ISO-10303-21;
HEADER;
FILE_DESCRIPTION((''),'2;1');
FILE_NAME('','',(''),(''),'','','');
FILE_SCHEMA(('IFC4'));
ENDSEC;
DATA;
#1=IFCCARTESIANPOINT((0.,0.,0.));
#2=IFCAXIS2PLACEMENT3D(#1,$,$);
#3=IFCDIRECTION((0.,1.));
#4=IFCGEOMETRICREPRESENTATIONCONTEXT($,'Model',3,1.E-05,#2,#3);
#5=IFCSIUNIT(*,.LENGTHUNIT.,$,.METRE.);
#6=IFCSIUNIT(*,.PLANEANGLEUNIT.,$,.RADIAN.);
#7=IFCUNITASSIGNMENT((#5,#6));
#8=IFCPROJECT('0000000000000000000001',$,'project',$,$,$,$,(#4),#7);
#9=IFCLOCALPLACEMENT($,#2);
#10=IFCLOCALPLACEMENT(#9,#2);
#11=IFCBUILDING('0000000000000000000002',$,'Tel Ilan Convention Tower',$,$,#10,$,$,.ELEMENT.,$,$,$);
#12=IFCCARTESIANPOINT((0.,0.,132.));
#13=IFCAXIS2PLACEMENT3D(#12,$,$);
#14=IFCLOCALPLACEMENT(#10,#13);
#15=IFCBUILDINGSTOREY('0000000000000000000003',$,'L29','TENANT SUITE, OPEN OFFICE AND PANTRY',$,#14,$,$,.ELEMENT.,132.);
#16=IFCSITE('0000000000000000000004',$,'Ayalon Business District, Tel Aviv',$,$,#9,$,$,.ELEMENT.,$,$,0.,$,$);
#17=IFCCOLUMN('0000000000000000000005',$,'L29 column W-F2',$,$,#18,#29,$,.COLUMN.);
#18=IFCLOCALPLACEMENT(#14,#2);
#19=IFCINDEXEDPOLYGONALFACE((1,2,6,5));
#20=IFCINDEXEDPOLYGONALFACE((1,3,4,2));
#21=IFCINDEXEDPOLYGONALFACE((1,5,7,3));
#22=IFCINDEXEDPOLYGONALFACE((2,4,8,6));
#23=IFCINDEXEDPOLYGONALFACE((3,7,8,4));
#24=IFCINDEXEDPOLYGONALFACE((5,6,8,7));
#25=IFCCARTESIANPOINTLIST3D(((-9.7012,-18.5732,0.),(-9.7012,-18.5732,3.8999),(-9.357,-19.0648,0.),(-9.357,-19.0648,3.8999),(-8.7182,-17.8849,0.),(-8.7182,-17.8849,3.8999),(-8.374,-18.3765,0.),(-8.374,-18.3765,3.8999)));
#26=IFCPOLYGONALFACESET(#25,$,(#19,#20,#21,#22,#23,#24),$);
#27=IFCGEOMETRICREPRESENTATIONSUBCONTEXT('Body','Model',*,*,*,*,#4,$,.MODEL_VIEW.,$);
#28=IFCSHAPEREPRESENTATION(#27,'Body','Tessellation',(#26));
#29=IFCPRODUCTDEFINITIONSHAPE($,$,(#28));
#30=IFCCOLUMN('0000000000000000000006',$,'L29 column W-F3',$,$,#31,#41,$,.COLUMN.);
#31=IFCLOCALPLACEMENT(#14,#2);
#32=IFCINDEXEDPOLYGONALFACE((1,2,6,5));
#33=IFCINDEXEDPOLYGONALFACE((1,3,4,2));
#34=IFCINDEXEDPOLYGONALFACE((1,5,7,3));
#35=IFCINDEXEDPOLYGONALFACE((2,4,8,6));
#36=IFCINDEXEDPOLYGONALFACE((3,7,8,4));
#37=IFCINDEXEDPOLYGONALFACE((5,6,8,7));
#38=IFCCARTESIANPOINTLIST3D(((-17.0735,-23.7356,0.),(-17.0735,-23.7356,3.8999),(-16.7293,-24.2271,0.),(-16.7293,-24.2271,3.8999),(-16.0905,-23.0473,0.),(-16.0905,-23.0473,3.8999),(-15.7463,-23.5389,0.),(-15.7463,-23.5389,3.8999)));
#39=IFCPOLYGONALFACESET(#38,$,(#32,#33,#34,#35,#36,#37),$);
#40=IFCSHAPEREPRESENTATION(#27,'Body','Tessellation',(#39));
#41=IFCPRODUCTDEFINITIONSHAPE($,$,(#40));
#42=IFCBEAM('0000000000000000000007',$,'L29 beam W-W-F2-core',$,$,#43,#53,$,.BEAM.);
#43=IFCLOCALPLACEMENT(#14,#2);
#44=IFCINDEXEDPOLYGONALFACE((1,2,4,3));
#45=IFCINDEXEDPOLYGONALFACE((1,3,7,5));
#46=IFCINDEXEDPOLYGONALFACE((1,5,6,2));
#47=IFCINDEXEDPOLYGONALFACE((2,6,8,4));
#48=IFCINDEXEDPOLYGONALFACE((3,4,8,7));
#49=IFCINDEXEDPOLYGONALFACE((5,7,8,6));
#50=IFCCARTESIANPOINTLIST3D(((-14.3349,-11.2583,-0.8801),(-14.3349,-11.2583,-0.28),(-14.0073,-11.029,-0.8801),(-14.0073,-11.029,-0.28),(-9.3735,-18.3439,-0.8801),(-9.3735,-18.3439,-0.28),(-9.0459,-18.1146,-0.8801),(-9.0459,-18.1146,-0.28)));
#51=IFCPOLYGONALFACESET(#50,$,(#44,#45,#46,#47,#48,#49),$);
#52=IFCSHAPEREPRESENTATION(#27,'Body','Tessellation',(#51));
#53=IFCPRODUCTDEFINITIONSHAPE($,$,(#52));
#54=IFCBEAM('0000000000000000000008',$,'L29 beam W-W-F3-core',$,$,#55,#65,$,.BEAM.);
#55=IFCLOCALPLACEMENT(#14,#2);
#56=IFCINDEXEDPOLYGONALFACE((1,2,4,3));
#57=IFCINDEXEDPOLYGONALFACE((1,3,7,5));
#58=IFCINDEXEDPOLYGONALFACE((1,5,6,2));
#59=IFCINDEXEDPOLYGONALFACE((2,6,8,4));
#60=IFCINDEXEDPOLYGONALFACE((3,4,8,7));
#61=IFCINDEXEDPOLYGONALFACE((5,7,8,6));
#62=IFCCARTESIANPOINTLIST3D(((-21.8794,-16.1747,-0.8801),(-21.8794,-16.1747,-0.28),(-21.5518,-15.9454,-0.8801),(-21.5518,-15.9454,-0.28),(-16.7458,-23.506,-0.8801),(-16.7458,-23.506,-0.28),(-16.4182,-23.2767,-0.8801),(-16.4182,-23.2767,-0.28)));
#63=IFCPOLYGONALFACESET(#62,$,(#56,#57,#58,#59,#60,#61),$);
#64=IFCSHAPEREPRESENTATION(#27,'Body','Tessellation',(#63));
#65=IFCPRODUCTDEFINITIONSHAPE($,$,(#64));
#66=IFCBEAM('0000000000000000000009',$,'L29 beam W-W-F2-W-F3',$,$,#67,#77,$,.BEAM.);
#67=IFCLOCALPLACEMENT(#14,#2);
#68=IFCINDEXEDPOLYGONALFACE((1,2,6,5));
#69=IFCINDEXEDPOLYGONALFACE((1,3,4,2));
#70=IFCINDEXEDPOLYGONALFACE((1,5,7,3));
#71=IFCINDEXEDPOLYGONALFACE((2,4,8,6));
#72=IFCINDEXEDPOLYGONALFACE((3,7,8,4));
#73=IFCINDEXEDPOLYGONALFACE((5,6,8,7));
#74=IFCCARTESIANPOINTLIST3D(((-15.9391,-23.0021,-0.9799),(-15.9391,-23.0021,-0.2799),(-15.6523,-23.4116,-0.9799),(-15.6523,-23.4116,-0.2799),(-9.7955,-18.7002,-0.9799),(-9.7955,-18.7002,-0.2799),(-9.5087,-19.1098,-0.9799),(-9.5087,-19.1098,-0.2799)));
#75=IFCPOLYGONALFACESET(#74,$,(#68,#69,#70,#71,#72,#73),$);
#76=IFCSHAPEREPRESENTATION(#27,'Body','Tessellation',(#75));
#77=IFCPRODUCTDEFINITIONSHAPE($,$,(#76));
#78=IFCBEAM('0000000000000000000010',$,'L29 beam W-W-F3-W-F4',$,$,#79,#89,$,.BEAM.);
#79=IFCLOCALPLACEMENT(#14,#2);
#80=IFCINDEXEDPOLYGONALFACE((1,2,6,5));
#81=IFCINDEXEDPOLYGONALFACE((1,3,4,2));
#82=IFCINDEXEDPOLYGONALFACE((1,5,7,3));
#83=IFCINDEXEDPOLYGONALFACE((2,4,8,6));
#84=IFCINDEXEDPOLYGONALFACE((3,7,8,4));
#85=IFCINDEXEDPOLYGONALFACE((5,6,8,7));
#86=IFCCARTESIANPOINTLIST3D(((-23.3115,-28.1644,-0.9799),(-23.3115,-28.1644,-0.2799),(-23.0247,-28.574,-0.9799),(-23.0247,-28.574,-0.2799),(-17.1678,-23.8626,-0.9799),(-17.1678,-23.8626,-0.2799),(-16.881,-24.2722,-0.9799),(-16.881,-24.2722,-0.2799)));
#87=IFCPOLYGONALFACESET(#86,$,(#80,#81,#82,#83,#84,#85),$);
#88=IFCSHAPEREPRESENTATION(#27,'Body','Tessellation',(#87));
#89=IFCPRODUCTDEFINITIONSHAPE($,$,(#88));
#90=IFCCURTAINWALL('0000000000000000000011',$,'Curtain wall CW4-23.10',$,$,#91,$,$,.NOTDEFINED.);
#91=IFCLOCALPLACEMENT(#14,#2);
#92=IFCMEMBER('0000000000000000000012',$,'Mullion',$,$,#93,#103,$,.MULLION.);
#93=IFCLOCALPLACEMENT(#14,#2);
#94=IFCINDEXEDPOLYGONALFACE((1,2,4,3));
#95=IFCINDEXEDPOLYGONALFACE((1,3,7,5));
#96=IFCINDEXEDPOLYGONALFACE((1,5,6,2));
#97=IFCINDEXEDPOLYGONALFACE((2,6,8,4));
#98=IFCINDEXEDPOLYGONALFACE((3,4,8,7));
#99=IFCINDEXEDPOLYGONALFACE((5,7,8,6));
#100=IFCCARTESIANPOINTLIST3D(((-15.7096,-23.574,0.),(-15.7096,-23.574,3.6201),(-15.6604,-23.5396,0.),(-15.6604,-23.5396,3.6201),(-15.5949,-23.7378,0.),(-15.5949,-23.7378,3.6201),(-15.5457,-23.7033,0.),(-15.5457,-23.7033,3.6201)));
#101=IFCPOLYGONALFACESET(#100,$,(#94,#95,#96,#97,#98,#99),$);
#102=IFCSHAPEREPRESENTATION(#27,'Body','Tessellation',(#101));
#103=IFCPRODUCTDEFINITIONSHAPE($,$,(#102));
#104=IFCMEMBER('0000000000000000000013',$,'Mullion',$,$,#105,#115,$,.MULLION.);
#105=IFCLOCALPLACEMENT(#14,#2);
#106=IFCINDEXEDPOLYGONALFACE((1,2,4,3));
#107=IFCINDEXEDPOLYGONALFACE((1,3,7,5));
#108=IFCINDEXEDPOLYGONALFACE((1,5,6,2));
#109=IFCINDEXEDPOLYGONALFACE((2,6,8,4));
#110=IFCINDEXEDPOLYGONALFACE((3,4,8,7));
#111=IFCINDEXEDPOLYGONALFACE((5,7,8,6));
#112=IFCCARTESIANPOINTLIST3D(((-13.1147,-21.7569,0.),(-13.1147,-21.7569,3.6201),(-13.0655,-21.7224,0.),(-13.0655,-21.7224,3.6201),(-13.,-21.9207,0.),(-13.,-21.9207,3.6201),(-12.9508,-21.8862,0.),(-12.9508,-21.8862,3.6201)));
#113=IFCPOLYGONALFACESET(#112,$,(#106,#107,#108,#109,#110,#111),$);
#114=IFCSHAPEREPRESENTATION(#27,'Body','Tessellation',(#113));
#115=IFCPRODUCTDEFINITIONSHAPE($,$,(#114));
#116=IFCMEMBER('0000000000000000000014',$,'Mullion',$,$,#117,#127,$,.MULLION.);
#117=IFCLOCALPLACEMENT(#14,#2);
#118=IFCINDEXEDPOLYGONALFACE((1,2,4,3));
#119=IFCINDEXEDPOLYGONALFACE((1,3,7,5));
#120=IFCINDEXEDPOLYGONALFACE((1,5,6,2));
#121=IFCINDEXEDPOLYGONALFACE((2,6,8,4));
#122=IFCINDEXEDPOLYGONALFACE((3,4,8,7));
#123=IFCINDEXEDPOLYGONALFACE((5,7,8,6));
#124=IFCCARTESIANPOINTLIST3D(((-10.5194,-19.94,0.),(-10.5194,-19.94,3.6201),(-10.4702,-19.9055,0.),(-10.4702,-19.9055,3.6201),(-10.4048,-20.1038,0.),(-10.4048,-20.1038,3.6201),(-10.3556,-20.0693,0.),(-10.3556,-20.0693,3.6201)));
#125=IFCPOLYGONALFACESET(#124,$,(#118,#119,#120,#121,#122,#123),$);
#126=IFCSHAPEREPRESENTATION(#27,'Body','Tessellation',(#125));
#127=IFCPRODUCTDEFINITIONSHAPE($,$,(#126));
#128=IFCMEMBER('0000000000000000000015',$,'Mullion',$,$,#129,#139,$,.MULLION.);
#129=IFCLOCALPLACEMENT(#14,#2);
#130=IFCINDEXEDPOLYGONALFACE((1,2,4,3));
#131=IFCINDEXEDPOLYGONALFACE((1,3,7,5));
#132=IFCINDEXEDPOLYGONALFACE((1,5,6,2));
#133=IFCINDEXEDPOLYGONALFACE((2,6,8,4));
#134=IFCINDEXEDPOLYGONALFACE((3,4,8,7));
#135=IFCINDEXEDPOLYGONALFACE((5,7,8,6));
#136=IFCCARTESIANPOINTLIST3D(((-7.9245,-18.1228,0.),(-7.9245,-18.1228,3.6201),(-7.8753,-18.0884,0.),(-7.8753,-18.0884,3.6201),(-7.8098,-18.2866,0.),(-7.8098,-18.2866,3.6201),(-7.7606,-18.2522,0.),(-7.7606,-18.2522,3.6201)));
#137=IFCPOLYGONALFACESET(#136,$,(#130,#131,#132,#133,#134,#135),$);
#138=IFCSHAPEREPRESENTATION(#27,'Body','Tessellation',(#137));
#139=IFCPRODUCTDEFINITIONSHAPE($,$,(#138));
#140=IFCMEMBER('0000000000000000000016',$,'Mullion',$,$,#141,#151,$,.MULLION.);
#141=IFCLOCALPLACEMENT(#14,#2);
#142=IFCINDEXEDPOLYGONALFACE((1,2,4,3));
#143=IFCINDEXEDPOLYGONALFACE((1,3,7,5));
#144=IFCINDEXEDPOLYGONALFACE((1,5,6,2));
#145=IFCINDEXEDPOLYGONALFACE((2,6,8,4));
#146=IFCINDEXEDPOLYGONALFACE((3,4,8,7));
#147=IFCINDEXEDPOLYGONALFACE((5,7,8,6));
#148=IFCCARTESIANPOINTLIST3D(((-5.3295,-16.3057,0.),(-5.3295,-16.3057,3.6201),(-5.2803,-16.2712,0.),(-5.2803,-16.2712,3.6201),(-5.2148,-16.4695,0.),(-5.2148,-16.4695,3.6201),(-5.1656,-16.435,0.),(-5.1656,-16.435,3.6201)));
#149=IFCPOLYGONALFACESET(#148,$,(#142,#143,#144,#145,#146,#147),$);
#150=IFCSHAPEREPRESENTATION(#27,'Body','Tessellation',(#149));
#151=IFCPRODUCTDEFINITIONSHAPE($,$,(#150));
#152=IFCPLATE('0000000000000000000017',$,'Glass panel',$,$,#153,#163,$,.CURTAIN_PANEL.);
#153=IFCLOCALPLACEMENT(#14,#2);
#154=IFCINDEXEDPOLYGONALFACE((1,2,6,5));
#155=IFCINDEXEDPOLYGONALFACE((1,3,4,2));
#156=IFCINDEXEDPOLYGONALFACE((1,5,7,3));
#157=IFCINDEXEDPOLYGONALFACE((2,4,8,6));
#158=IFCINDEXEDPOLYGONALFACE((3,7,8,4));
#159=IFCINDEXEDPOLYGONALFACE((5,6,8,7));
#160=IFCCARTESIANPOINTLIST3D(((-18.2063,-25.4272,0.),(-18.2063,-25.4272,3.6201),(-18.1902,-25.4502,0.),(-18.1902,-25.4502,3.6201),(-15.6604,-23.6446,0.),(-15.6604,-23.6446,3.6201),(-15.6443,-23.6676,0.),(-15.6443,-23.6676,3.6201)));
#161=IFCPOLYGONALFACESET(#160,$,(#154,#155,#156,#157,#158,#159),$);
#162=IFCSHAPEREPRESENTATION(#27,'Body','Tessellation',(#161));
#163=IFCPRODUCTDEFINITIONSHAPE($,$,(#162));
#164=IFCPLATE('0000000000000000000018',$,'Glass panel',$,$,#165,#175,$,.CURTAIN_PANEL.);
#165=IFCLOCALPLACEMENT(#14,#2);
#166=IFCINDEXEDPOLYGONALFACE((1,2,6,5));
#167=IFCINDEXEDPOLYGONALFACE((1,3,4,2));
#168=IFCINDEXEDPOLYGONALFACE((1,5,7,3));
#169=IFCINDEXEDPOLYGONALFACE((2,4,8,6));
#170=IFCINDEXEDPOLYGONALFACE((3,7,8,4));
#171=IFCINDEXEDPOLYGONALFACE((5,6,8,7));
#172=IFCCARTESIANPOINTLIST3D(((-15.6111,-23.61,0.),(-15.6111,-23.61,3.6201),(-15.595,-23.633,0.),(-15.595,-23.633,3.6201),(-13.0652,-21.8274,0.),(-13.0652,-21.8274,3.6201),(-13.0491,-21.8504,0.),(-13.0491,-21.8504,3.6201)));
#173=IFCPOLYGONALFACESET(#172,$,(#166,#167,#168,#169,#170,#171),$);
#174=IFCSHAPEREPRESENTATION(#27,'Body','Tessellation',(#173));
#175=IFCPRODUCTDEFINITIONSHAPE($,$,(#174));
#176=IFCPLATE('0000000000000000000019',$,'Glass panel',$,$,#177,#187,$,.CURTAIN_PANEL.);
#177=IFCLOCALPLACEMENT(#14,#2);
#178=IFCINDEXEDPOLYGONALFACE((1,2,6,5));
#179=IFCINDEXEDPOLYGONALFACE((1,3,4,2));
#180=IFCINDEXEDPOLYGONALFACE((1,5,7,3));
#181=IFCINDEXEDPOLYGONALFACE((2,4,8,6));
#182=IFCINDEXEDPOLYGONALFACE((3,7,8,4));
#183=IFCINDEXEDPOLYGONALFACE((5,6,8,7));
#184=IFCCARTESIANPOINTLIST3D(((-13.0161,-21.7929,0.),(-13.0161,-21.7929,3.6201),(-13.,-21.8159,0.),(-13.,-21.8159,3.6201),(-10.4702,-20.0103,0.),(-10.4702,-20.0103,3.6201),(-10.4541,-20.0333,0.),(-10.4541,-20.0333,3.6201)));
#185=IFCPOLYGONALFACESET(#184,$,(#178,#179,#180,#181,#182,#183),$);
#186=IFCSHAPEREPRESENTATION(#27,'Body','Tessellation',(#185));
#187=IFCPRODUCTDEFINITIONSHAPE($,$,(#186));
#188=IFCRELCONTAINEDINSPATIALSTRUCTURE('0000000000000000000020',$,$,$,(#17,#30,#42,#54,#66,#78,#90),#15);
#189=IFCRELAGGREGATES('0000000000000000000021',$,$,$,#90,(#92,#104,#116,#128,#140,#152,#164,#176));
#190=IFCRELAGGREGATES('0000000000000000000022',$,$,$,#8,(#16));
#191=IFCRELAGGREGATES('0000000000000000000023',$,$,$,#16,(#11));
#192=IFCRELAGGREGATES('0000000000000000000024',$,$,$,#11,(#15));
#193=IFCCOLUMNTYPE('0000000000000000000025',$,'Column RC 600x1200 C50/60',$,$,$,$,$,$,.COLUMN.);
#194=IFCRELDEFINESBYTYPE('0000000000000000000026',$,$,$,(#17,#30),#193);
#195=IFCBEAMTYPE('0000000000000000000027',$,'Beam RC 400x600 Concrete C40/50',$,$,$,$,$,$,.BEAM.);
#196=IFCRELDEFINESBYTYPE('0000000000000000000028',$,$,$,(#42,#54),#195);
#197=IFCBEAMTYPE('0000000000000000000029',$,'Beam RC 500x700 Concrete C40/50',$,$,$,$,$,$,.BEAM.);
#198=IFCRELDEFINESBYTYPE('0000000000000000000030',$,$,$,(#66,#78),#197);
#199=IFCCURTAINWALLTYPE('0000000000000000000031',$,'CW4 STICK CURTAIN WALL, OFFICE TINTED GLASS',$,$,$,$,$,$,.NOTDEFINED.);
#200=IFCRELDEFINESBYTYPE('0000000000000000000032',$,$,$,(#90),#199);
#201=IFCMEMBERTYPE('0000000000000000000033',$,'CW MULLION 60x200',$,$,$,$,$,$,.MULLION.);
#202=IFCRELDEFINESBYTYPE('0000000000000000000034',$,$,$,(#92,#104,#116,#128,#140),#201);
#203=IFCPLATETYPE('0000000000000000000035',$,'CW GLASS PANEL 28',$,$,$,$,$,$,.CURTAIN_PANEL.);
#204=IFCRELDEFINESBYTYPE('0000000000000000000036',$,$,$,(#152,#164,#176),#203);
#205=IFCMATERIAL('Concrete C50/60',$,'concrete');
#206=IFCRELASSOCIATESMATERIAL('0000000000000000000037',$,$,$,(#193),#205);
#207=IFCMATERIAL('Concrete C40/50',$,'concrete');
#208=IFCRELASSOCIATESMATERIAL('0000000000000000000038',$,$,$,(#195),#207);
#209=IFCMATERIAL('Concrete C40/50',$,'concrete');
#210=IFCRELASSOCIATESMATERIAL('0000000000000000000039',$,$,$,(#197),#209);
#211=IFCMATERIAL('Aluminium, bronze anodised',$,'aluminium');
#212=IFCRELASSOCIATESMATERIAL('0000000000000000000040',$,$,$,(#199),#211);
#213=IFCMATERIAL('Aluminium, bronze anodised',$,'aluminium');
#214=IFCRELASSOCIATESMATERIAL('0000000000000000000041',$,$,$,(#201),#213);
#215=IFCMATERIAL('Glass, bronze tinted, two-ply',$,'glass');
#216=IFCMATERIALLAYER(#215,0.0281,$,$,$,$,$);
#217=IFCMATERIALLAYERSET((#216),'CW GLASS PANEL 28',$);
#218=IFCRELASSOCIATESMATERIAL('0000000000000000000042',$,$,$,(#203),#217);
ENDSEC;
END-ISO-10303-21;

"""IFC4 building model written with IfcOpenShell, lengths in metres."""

from ifc_helpers import new_model, si_unit, direction, frame, origin, origin_2d, place, context, subcontext, project, spatial, rectangle, extrude, material, layer, layer_set, material_profile, profile_set, type_object, element, aggregate, save


model = new_model("IFC4")

# Units and contexts
model_context = context("Model", 3, precision=1e-05, world=origin(), true_north=direction((0.0, 1.0)))
body_context = subcontext(model_context, "Body", "Model", "MODEL_VIEW")
ifc_project = project(units=[si_unit("LENGTHUNIT", "METRE"), si_unit("PLANEANGLEUNIT", "RADIAN")], contexts=[model_context])

# Site, building, storey
site_placement = place(None, origin())
site = spatial("IfcSite", under=ifc_project, at=site_placement, Name="Ayalon Business District, Tel Aviv", CompositionType="ELEMENT", RefElevation=0.0)
building_placement = place(site_placement, origin())
building = spatial("IfcBuilding", under=site, at=building_placement, Name="Tel Ilan Convention Tower", CompositionType="ELEMENT")
storey_placement = place(building_placement, frame((0.0, 0.0, 132.0)))
storey = spatial("IfcBuildingStorey", under=building, at=storey_placement, Name="L29", Description="TENANT SUITE, OPEN OFFICE AND PANTRY", CompositionType="ELEMENT", Elevation=132.0)

# Columns
ifc_material_1 = material(Name="Concrete C50/60", Category="concrete")
ifc_material_profile_1 = material_profile(ifc_material_1, rectangle(XDim=1.2, YDim=0.6001, at=origin_2d()), Name="RC 600x1200")
ifc_profile_set_1 = profile_set([ifc_material_profile_1], Name="Concrete C50/60")
column_type = type_object("IfcColumnType", Name="Column RC 600x1200 C50/60", PredefinedType="COLUMN", material=ifc_profile_set_1)
for number, where, z_axis, x_axis, name in (
    (1, (-9.0376, -18.4749, 0.0), (0.0, 0.0, 1.0), (-0.819152, -0.573576, 0.0), "L29 column W-F2"),
    (2, (-16.4099, -23.6372, 0.0), (0.0, 0.0, 1.0), (-0.819152, -0.573576, 0.0), "L29 column W-F3"),
):
    element("IfcColumn", number, at=place(storey_placement, frame(where, z_axis=z_axis, x_axis=x_axis)), inside=storey, type_object=column_type, Name=name, PredefinedType="COLUMN", context=body_context, shape_type="SweptSolid", body=[
        extrude(rectangle(XDim=1.2, YDim=0.6001, at=origin_2d()), origin(), (0.0, 0.0, 1.0), 3.8999),
    ])

# Beams
ifc_material_2 = material(Name="Concrete C40/50", Category="concrete")
ifc_material_profile_2 = material_profile(ifc_material_2, rectangle(XDim=0.3999, YDim=0.6001, at=origin_2d()), Name="RC 400x600")
ifc_profile_set_2 = profile_set([ifc_material_profile_2], Name="Concrete C40/50")
beam_type_1 = type_object("IfcBeamType", Name="Beam RC 400x600 Concrete C40/50", PredefinedType="BEAM", material=ifc_profile_set_2)
beam_1_placement = place(storey_placement, frame((-9.2097, -18.2292, -0.5801), z_axis=(-0.573574, 0.819154, 0.0), x_axis=(-0.819154, -0.573574, 0.0)))
element("IfcBeam", 3, at=beam_1_placement, inside=storey, type_object=beam_type_1, Name="L29 beam W-W-F2-core", PredefinedType="BEAM", context=body_context, shape_type="SweptSolid", body=[
    extrude(rectangle(XDim=0.3999, YDim=0.6001, at=origin_2d()), origin(), (0.0, 0.0, 1.0), 8.6499),
])
beam_2_placement = place(storey_placement, frame((-16.582, -23.3914, -0.5801), z_axis=(-0.573585, 0.819146, 0.0), x_axis=(-0.819146, -0.573585, 0.0)))
element("IfcBeam", 4, at=beam_2_placement, inside=storey, type_object=beam_type_1, Name="L29 beam W-W-F3-core", PredefinedType="BEAM", context=body_context, shape_type="SweptSolid", body=[
    extrude(rectangle(XDim=0.3999, YDim=0.6001, at=origin_2d()), origin(), (0.0, 0.0, 1.0), 8.95),
])
ifc_material_3 = material(Name="Concrete C40/50", Category="concrete")
ifc_material_profile_3 = material_profile(ifc_material_3, rectangle(XDim=0.5, YDim=0.7, at=origin_2d()), Name="RC 500x700")
ifc_profile_set_3 = profile_set([ifc_material_profile_3], Name="Concrete C40/50")
beam_type_2 = type_object("IfcBeamType", Name="Beam RC 500x700 Concrete C40/50", PredefinedType="BEAM", material=ifc_profile_set_3)
for number, where, z_axis, x_axis, name in (
    (5, (-9.6521, -18.905, -0.6299), (-0.819152, -0.573576, 0.0), (0.573576, -0.819152, 0.0), "L29 beam W-W-F2-W-F3"),
    (6, (-17.0244, -24.0674, -0.6299), (-0.819152, -0.573576, 0.0), (0.573576, -0.819152, 0.0), "L29 beam W-W-F3-W-F4"),
):
    element("IfcBeam", number, at=place(storey_placement, frame(where, z_axis=z_axis, x_axis=x_axis)), inside=storey, type_object=beam_type_2, Name=name, PredefinedType="BEAM", context=body_context, shape_type="SweptSolid", body=[
        extrude(rectangle(XDim=0.5, YDim=0.7, at=origin_2d()), origin(), (0.0, 0.0, 1.0), 7.5),
    ])

# Curtain wall, members, plates
ifc_material_4 = material(Name="Aluminium, bronze anodised", Category="aluminium")
curtain_wall_type = type_object("IfcCurtainWallType", Name="CW4 STICK CURTAIN WALL, OFFICE TINTED GLASS", PredefinedType="NOTDEFINED", material=ifc_material_4)
curtain_wall_placement = place(storey_placement, origin())
curtain_wall = element("IfcCurtainWall", 7, at=curtain_wall_placement, inside=storey, type_object=curtain_wall_type, Name="Curtain wall CW4-23.10", PredefinedType="NOTDEFINED")
ifc_material_5 = material(Name="Aluminium, bronze anodised", Category="aluminium")
ifc_material_profile_4 = material_profile(ifc_material_5, rectangle(XDim=0.0601, YDim=0.2, at=origin_2d()), Name="CW MULLION 60x200")
ifc_profile_set_4 = profile_set([ifc_material_profile_4], Name="Aluminium, bronze anodised")
member_type = type_object("IfcMemberType", Name="CW MULLION 60x200", PredefinedType="MULLION", material=ifc_profile_set_4)
member_1_placement = place(storey_placement, frame((-15.6277, -23.6387, 0.0), z_axis=(0.0, 0.0, 1.0), x_axis=(0.819152, 0.573576, 0.0)))
member_1 = element("IfcMember", 8, at=member_1_placement, type_object=member_type, Name="Mullion", PredefinedType="MULLION", context=body_context, shape_type="SweptSolid", body=[
    extrude(rectangle(XDim=0.0601, YDim=0.2, at=origin_2d()), origin(), (0.0, 0.0, 1.0), 3.6201),
])
member_2_placement = place(storey_placement, frame((-13.0327, -21.8215, 0.0), z_axis=(0.0, 0.0, 1.0), x_axis=(0.819152, 0.573576, 0.0)))
member_2 = element("IfcMember", 9, at=member_2_placement, type_object=member_type, Name="Mullion", PredefinedType="MULLION", context=body_context, shape_type="SweptSolid", body=[
    extrude(rectangle(XDim=0.0601, YDim=0.2, at=origin_2d()), origin(), (0.0, 0.0, 1.0), 3.6201),
])
member_3_placement = place(storey_placement, frame((-10.4375, -20.0046, 0.0), z_axis=(0.0, 0.0, 1.0), x_axis=(0.819152, 0.573576, 0.0)))
member_3 = element("IfcMember", 10, at=member_3_placement, type_object=member_type, Name="Mullion", PredefinedType="MULLION", context=body_context, shape_type="SweptSolid", body=[
    extrude(rectangle(XDim=0.0601, YDim=0.2, at=origin_2d()), origin(), (0.0, 0.0, 1.0), 3.6201),
])
member_4_placement = place(storey_placement, frame((-7.8425, -18.1875, 0.0), z_axis=(0.0, 0.0, 1.0), x_axis=(0.819152, 0.573576, 0.0)))
member_4 = element("IfcMember", 11, at=member_4_placement, type_object=member_type, Name="Mullion", PredefinedType="MULLION", context=body_context, shape_type="SweptSolid", body=[
    extrude(rectangle(XDim=0.0601, YDim=0.2, at=origin_2d()), origin(), (0.0, 0.0, 1.0), 3.6201),
])
member_5_placement = place(storey_placement, frame((-5.2476, -16.3704, 0.0), z_axis=(0.0, 0.0, 1.0), x_axis=(0.819152, 0.573576, 0.0)))
member_5 = element("IfcMember", 12, at=member_5_placement, type_object=member_type, Name="Mullion", PredefinedType="MULLION", context=body_context, shape_type="SweptSolid", body=[
    extrude(rectangle(XDim=0.0601, YDim=0.2, at=origin_2d()), origin(), (0.0, 0.0, 1.0), 3.6201),
])
ifc_material_6 = material(Name="Glass, bronze tinted, two-ply", Category="glass")
ifc_layer_1 = layer(ifc_material_6, 0.0281)
ifc_layer_set_1 = layer_set([ifc_layer_1], Name="CW GLASS PANEL 28")
plate_type = type_object("IfcPlateType", Name="CW GLASS PANEL 28", PredefinedType="CURTAIN_PANEL", material=ifc_layer_set_1)
plate_1_placement = place(storey_placement, frame((-16.9253, -24.5474, 0.0), z_axis=(0.0, 0.0, 1.0), x_axis=(0.819152, 0.573576, 0.0)))
plate_1 = element("IfcPlate", 13, at=plate_1_placement, type_object=plate_type, Name="Glass panel", PredefinedType="CURTAIN_PANEL", context=body_context, shape_type="SweptSolid", body=[
    extrude(rectangle(XDim=3.1079, YDim=0.0281, at=origin_2d()), origin(), (0.0, 0.0, 1.0), 3.6201),
])
plate_2_placement = place(storey_placement, frame((-14.3301, -22.7302, 0.0), z_axis=(0.0, 0.0, 1.0), x_axis=(0.819152, 0.573576, 0.0)))
plate_2 = element("IfcPlate", 14, at=plate_2_placement, type_object=plate_type, Name="Glass panel", PredefinedType="CURTAIN_PANEL", context=body_context, shape_type="SweptSolid", body=[
    extrude(rectangle(XDim=3.1079, YDim=0.0281, at=origin_2d()), origin(), (0.0, 0.0, 1.0), 3.6201),
])
plate_3_placement = place(storey_placement, frame((-11.7351, -20.9131, 0.0), z_axis=(0.0, 0.0, 1.0), x_axis=(0.819152, 0.573576, 0.0)))
plate_3 = element("IfcPlate", 15, at=plate_3_placement, type_object=plate_type, Name="Glass panel", PredefinedType="CURTAIN_PANEL", context=body_context, shape_type="SweptSolid", body=[
    extrude(rectangle(XDim=3.1079, YDim=0.0281, at=origin_2d()), origin(), (0.0, 0.0, 1.0), 3.6201),
])
aggregate(curtain_wall, [member_1, member_2, member_3, member_4, member_5, plate_1, plate_2, plate_3])

save(model, "model.ifc")
